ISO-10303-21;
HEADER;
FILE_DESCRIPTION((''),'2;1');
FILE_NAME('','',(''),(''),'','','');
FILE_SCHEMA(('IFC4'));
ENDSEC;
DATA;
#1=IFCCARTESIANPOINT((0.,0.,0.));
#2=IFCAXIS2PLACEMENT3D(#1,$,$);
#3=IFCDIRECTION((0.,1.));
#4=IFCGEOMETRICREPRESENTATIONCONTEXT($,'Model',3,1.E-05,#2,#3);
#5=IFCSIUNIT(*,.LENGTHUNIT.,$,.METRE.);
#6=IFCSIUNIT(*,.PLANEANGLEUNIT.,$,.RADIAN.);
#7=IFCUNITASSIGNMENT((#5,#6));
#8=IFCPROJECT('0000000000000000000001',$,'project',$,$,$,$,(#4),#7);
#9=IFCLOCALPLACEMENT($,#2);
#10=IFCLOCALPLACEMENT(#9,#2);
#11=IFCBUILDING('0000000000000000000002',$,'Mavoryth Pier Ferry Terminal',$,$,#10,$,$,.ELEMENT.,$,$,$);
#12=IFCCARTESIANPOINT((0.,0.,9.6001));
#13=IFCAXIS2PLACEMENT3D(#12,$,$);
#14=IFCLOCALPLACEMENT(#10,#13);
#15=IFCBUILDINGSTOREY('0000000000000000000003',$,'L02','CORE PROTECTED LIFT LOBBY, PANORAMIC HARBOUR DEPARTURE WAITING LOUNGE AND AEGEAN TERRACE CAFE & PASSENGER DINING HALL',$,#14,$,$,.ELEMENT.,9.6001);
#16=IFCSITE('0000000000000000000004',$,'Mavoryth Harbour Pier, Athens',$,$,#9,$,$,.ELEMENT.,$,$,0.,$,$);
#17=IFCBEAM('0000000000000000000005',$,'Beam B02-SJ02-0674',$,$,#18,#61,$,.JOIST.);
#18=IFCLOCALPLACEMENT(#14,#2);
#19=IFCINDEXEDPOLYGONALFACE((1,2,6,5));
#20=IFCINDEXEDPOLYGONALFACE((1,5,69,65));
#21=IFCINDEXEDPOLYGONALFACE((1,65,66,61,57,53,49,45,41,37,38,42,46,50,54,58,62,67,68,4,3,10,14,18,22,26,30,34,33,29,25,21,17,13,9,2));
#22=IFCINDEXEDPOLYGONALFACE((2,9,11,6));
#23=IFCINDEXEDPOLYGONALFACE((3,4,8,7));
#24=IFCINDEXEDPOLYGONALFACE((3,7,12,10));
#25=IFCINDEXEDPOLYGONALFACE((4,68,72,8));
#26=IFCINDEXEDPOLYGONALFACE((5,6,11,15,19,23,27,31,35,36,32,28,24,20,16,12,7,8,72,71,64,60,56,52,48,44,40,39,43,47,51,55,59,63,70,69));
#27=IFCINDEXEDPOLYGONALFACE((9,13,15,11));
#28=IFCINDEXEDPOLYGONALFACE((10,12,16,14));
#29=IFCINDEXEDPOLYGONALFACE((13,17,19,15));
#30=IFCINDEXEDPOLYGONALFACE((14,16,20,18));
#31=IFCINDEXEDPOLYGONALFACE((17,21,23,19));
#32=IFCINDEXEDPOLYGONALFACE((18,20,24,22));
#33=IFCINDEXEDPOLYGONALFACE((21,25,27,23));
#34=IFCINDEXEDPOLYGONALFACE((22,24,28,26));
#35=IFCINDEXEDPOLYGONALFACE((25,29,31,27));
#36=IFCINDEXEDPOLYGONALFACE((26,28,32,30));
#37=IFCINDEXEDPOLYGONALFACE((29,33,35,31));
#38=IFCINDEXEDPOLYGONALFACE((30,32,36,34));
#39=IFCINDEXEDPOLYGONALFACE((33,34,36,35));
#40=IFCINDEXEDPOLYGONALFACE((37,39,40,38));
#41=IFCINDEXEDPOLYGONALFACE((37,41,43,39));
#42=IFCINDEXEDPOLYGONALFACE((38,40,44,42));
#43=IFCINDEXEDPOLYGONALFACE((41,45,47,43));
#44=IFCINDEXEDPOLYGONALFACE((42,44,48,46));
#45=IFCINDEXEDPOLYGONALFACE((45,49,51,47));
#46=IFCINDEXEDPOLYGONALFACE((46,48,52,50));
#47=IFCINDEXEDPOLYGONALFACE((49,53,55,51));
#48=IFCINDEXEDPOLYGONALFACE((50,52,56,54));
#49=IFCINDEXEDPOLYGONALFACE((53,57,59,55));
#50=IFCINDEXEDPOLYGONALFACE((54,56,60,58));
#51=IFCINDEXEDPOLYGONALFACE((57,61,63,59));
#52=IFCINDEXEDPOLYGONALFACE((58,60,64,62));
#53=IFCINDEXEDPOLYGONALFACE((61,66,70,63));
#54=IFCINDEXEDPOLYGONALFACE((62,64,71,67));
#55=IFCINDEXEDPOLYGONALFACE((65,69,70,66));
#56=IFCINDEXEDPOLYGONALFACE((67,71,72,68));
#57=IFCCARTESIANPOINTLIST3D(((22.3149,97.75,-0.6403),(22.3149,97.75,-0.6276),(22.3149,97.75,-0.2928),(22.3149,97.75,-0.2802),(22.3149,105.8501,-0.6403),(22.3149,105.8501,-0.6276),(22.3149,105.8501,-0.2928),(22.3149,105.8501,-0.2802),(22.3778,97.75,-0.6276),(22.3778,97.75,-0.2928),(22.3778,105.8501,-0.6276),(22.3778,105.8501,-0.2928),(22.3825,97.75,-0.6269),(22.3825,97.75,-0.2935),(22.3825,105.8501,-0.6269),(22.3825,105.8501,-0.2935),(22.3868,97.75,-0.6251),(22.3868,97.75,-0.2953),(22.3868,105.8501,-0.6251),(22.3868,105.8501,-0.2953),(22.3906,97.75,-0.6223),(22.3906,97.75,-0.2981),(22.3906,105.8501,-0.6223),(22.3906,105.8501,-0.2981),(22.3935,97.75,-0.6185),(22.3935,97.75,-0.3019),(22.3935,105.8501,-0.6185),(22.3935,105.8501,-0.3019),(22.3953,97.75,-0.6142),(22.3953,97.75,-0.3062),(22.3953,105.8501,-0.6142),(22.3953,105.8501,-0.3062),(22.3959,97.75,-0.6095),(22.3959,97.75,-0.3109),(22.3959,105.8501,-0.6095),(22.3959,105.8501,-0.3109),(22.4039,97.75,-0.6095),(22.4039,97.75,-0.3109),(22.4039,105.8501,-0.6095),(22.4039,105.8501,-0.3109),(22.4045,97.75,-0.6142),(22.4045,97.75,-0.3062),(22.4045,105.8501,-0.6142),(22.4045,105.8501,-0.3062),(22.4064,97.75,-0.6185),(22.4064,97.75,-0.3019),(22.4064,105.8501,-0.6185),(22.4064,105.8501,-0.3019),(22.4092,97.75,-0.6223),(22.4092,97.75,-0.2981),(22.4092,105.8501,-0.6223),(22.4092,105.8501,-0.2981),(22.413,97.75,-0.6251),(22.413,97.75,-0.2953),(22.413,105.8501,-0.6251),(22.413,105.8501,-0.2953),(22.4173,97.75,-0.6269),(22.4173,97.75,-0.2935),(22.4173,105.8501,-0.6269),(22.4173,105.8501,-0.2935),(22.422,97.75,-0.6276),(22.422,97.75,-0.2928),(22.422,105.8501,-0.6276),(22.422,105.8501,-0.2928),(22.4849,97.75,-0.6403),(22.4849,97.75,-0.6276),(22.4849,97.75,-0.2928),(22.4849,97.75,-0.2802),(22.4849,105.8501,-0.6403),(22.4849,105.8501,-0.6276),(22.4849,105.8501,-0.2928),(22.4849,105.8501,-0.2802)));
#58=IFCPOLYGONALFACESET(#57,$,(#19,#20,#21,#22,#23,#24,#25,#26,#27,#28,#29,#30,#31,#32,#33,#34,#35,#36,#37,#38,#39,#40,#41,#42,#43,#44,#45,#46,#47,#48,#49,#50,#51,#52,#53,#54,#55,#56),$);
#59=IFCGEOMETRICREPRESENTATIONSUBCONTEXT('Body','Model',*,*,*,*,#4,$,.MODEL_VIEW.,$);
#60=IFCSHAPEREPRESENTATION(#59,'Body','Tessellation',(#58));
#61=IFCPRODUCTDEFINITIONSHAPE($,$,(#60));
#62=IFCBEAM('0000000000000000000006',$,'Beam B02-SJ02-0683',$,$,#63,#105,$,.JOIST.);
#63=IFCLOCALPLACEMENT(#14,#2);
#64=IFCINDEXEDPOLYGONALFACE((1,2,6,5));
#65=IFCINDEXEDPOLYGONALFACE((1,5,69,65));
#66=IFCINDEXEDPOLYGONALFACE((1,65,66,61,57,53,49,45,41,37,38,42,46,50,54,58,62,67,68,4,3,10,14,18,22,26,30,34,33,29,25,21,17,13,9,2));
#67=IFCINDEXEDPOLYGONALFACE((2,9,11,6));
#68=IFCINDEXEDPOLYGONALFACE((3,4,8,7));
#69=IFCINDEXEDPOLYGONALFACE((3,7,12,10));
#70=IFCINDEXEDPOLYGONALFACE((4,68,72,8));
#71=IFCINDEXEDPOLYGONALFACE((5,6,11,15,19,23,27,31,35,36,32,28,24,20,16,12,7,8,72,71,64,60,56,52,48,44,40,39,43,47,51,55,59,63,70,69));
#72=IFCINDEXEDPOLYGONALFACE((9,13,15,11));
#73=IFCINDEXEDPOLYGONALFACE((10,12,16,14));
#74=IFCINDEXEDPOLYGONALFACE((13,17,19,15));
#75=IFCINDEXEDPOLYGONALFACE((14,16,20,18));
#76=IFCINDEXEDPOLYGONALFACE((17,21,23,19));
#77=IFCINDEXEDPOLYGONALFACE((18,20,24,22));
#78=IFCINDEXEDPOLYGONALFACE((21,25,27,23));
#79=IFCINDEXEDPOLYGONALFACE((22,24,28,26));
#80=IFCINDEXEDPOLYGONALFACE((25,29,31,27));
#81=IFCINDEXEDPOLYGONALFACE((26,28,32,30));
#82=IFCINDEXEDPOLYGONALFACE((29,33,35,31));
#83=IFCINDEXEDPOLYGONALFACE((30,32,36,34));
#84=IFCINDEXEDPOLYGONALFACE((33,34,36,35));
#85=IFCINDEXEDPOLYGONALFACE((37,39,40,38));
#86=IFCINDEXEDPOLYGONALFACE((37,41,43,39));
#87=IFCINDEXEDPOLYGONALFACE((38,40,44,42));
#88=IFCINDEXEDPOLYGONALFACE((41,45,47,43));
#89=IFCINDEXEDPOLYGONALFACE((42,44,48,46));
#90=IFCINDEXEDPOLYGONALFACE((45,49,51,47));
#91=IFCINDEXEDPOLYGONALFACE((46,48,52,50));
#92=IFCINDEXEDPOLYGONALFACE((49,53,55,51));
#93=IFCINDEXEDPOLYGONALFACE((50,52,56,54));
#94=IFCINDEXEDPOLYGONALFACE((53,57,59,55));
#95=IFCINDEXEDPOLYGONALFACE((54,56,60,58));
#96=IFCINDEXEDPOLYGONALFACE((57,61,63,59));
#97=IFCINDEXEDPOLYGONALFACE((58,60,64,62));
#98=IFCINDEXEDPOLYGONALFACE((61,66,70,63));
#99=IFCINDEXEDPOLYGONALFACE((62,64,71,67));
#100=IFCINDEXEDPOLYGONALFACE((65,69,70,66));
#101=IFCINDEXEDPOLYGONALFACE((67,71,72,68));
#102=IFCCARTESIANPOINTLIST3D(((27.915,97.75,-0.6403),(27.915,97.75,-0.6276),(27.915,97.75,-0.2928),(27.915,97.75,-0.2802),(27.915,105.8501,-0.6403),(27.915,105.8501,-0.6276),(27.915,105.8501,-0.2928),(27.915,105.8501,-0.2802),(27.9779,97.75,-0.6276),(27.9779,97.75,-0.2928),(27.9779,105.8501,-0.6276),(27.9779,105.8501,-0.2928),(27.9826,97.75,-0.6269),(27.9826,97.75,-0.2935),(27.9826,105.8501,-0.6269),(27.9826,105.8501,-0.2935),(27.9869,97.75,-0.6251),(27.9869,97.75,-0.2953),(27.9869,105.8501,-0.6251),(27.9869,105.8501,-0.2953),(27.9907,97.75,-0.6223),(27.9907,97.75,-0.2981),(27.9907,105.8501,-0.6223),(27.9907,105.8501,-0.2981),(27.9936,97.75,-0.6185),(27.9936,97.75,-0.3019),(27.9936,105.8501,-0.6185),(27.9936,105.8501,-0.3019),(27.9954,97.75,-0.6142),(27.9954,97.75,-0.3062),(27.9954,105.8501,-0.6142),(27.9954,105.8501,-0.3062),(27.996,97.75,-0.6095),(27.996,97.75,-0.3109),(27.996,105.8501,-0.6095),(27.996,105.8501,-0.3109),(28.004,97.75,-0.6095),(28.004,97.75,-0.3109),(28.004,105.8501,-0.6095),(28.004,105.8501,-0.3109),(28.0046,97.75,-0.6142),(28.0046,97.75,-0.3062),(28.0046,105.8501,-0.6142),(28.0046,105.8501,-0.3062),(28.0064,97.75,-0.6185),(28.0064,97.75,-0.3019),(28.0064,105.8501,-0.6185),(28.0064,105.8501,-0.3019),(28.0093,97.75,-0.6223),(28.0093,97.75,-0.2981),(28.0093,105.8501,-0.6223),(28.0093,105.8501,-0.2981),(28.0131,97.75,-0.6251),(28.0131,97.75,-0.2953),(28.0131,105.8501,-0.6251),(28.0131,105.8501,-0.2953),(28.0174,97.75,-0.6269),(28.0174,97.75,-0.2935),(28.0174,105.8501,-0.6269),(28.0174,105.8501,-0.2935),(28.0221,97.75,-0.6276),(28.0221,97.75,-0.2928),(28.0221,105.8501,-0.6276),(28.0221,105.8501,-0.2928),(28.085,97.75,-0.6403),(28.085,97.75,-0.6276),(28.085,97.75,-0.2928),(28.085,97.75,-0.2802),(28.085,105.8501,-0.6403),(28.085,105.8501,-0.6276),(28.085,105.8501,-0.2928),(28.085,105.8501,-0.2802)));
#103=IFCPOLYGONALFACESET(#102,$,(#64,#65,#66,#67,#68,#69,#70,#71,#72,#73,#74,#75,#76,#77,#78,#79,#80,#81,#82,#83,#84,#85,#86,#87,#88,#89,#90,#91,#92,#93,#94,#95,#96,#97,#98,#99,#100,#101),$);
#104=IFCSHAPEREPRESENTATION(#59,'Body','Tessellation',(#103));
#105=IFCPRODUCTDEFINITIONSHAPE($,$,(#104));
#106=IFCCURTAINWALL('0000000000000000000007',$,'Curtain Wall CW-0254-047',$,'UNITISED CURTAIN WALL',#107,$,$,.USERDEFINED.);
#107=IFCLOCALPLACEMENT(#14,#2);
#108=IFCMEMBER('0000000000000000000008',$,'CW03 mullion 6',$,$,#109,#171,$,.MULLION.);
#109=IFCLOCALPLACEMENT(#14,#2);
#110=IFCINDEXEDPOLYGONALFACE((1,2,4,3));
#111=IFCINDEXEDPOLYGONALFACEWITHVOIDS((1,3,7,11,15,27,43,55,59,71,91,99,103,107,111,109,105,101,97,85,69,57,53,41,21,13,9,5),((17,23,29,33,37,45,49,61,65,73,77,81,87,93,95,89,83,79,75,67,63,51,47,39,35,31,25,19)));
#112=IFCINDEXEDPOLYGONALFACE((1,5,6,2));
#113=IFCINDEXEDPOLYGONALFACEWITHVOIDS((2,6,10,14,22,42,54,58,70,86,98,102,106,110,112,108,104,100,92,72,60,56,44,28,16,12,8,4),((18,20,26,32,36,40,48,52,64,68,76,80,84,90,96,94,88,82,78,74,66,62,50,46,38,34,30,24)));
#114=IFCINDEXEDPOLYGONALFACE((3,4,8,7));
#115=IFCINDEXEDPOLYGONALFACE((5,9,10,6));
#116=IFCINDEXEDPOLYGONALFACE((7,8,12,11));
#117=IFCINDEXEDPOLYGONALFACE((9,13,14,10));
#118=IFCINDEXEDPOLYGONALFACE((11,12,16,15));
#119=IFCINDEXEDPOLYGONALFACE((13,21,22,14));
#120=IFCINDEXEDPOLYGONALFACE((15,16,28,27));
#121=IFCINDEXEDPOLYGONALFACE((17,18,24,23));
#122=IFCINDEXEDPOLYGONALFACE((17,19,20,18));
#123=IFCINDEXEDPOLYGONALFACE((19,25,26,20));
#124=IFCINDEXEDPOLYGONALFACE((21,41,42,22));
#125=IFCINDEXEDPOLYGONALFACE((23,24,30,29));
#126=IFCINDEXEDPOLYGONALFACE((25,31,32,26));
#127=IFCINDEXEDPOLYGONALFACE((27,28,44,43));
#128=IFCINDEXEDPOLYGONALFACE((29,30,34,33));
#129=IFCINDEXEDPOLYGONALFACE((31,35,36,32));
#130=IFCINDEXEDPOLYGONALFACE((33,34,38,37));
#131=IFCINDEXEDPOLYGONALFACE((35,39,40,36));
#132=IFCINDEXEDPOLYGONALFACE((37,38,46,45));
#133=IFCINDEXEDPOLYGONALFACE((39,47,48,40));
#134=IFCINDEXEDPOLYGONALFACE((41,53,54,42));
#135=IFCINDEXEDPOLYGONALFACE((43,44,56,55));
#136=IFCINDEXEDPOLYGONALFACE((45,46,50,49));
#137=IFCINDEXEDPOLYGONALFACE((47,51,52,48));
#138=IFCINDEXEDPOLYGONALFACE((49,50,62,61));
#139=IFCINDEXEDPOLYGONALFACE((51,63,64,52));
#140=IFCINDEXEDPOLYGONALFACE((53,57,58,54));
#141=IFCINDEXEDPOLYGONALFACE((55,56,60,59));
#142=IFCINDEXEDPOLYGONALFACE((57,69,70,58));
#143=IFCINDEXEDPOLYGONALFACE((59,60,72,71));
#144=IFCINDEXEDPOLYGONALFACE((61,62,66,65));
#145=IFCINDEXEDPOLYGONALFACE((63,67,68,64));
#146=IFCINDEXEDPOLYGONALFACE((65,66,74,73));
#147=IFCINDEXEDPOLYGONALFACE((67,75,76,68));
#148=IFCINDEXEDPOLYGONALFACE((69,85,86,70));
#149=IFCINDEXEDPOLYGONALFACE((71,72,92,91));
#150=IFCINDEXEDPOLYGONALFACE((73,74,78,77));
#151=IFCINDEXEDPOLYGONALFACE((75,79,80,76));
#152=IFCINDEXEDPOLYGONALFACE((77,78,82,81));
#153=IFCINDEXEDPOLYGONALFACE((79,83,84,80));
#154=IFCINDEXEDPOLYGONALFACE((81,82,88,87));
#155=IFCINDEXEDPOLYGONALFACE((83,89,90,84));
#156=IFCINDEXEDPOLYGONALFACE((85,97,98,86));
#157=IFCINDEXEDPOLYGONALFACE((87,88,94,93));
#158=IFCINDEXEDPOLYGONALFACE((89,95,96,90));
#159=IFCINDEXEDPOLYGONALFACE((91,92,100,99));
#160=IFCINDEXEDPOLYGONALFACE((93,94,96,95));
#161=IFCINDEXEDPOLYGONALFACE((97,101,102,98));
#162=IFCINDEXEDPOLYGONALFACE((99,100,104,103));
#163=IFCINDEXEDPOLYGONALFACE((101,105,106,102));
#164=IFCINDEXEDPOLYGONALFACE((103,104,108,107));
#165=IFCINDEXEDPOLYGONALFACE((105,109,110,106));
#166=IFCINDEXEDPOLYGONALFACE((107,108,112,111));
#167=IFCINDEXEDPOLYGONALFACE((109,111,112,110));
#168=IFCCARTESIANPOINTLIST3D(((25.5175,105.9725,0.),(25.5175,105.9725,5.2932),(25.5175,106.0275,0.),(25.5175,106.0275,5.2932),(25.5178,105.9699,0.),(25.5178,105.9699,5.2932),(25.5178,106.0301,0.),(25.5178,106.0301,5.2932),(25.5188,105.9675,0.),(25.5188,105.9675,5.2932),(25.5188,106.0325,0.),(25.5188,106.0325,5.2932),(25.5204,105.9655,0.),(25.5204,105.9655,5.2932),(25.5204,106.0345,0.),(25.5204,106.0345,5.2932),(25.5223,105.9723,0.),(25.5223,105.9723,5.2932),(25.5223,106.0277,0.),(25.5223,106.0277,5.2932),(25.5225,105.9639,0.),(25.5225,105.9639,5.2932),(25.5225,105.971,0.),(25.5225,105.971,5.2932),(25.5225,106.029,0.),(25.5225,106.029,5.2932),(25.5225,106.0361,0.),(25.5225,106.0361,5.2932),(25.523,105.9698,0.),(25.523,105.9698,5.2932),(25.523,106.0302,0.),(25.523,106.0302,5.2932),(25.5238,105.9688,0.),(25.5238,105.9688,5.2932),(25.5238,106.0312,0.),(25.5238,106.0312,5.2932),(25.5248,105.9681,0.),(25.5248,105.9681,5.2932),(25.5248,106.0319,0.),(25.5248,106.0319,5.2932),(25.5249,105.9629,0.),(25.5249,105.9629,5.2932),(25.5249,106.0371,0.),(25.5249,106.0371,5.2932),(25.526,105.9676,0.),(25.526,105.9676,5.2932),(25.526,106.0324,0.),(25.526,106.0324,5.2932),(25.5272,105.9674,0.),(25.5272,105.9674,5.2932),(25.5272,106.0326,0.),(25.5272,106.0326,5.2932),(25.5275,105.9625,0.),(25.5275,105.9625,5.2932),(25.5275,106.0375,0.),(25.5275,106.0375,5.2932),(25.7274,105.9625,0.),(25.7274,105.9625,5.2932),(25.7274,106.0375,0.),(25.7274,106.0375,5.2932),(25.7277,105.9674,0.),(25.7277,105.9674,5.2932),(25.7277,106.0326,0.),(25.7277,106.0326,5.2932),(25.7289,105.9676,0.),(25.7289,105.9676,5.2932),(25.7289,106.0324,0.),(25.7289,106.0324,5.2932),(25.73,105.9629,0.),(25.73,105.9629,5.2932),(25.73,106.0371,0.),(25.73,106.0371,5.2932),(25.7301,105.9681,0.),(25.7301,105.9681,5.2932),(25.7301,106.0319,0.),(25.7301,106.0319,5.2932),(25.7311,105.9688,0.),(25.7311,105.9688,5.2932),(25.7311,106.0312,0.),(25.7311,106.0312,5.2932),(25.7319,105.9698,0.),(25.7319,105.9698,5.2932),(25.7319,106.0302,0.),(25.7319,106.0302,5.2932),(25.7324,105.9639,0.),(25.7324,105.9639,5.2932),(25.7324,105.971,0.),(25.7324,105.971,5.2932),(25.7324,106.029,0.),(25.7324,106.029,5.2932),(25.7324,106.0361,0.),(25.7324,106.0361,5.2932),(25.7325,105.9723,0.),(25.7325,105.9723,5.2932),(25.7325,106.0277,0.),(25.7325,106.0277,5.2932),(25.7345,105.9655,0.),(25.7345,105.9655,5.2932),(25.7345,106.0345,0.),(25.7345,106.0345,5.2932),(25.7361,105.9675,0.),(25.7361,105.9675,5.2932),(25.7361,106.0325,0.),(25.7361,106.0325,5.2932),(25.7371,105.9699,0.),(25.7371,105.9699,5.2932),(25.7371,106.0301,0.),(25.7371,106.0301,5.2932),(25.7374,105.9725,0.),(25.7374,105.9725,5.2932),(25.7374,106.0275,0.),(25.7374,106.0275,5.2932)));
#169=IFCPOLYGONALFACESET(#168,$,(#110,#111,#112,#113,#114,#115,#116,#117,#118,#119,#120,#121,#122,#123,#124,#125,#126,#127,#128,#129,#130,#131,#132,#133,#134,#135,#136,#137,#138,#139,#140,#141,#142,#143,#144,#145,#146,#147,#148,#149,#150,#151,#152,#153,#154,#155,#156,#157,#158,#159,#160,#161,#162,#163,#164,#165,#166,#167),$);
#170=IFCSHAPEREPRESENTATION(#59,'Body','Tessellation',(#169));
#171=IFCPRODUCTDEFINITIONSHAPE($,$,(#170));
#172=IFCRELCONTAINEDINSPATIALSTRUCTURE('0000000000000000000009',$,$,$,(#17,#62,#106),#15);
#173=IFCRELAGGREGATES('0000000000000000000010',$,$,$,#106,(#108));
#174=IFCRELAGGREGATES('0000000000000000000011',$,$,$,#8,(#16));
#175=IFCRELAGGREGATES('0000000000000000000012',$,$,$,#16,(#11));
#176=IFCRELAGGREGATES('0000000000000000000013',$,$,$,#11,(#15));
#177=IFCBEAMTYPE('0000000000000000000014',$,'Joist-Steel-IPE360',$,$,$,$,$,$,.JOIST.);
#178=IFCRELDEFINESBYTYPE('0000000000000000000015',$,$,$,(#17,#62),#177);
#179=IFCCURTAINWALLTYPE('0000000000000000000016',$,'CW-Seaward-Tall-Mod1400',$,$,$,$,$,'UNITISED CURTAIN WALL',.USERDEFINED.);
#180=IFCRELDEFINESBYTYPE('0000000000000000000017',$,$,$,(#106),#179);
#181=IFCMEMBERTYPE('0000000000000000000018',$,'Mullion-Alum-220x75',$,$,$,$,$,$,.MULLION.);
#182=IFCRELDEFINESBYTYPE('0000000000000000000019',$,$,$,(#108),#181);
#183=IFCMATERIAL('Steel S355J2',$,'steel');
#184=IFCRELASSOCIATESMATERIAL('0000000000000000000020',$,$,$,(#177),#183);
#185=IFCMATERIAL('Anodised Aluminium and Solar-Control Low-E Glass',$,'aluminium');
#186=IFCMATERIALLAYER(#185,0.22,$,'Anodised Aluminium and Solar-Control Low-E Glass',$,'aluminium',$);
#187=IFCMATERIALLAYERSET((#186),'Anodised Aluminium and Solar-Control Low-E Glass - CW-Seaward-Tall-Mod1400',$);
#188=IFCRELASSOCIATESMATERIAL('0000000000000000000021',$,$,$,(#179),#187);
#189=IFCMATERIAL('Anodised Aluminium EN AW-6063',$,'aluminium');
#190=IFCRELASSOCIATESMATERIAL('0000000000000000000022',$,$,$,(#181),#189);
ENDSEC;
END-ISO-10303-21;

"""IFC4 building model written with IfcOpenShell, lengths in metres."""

from ifc_helpers import new_model, si_unit, direction, frame, origin, origin_2d, place, context, subcontext, project, spatial, hollow_rectangle, i_section, extrude, material, layer, layer_set, material_profile, profile_set, type_object, element, aggregate, save


model = new_model("IFC4")

# Units and contexts
model_context = context("Model", 3, precision=1e-05, world=origin(), true_north=direction((0.0, 1.0)))
body_context = subcontext(model_context, "Body", "Model", "MODEL_VIEW")
ifc_project = project(units=[si_unit("LENGTHUNIT", "METRE"), si_unit("PLANEANGLEUNIT", "RADIAN")], contexts=[model_context])

# Site, building, storey
site_placement = place(None, origin())
site = spatial("IfcSite", under=ifc_project, at=site_placement, Name="Mavoryth Harbour Pier, Athens", CompositionType="ELEMENT", RefElevation=0.0)
building_placement = place(site_placement, origin())
building = spatial("IfcBuilding", under=site, at=building_placement, Name="Mavoryth Pier Ferry Terminal", CompositionType="ELEMENT")
storey_placement = place(building_placement, frame((0.0, 0.0, 9.6001)))
storey = spatial("IfcBuildingStorey", under=building, at=storey_placement, Name="L02", Description="CORE PROTECTED LIFT LOBBY, PANORAMIC HARBOUR DEPARTURE WAITING LOUNGE AND AEGEAN TERRACE CAFE & PASSENGER DINING HALL", CompositionType="ELEMENT", Elevation=9.6001)

# Shared definitions
ifc_material_1 = material(Name="Steel S355J2", Category="steel")

# Beams
ifc_material_profile_1 = material_profile(ifc_material_1, i_section(OverallWidth=0.1699, OverallDepth=0.3601, WebThickness=0.0081, FlangeThickness=0.0127, FilletRadius=0.0181, at=origin_2d()), Name="IPE 360", Category="steel")
ifc_profile_set_1 = profile_set([ifc_material_profile_1], Name="Steel S355J2 - IPE 360")
beam_type_1 = type_object("IfcBeamType", Name="Joist-Steel-IPE360", PredefinedType="JOIST", material=ifc_profile_set_1)
for number, where, z_axis, x_axis, name in (
    (1, (22.3999, 97.75, -0.4602), (0.0, 1.0, 0.0), (-1.0, 0.0, 0.0), "Beam B02-SJ02-0674"),
    (2, (28.0, 97.75, -0.4602), (0.0, 1.0, 0.0), (-1.0, 0.0, 0.0), "Beam B02-SJ02-0683"),
):
    element("IfcBeam", number, at=place(storey_placement, frame(where, z_axis=z_axis, x_axis=x_axis)), inside=storey, type_object=beam_type_1, Name=name, PredefinedType="JOIST", context=body_context, shape_type="SweptSolid", body=[
        extrude(i_section(OverallWidth=0.1699, OverallDepth=0.3601, WebThickness=0.0081, FlangeThickness=0.0127, FilletRadius=0.0181, at=origin_2d()), origin(), (0.0, 0.0, 1.0), 8.1001),
    ])

# Curtain wall, member
ifc_material_2 = material(Name="Anodised Aluminium and Solar-Control Low-E Glass", Category="aluminium")
ifc_layer_1 = layer(ifc_material_2, 0.22, Name="Anodised Aluminium and Solar-Control Low-E Glass", Category="aluminium")
ifc_layer_set_1 = layer_set([ifc_layer_1], Name="Anodised Aluminium and Solar-Control Low-E Glass - CW-Seaward-Tall-Mod1400")
curtain_wall_type = type_object("IfcCurtainWallType", Name="CW-Seaward-Tall-Mod1400", ElementType="UNITISED CURTAIN WALL", PredefinedType="USERDEFINED", material=ifc_layer_set_1)
curtain_wall_placement = place(storey_placement, origin())
curtain_wall = element("IfcCurtainWall", 3, at=curtain_wall_placement, inside=storey, type_object=curtain_wall_type, Name="Curtain Wall CW-0254-047", ObjectType="UNITISED CURTAIN WALL", PredefinedType="USERDEFINED")
ifc_material_3 = material(Name="Anodised Aluminium EN AW-6063", Category="aluminium")
ifc_material_profile_2 = material_profile(ifc_material_3, hollow_rectangle(XDim=0.075, YDim=0.22, WallThickness=0.0049, InnerFilletRadius=0.0049, OuterFilletRadius=0.01, at=origin_2d()), Name="AL-MULL 220x75x5", Category="aluminium")
ifc_profile_set_2 = profile_set([ifc_material_profile_2], Name="Anodised Aluminium EN AW-6063 - AL-MULL 220x75x5")
member_type_1 = type_object("IfcMemberType", Name="Mullion-Alum-220x75", PredefinedType="MULLION", material=ifc_profile_set_2)
member_1_placement = place(storey_placement, frame((25.6274, 106.0, 0.0), z_axis=(0.0, 0.0, 1.0), x_axis=(0.0, -1.0, 0.0)))
member_1 = element("IfcMember", 4, at=member_1_placement, type_object=member_type_1, Name="CW03 mullion 6", PredefinedType="MULLION", context=body_context, shape_type="SweptSolid", body=[
    extrude(hollow_rectangle(XDim=0.075, YDim=0.22, WallThickness=0.0049, InnerFilletRadius=0.0049, OuterFilletRadius=0.01, at=origin_2d()), origin(), (0.0, 0.0, 1.0), 5.2932),
])

aggregate(curtain_wall, [member_1])

save(model, "model.ifc")
